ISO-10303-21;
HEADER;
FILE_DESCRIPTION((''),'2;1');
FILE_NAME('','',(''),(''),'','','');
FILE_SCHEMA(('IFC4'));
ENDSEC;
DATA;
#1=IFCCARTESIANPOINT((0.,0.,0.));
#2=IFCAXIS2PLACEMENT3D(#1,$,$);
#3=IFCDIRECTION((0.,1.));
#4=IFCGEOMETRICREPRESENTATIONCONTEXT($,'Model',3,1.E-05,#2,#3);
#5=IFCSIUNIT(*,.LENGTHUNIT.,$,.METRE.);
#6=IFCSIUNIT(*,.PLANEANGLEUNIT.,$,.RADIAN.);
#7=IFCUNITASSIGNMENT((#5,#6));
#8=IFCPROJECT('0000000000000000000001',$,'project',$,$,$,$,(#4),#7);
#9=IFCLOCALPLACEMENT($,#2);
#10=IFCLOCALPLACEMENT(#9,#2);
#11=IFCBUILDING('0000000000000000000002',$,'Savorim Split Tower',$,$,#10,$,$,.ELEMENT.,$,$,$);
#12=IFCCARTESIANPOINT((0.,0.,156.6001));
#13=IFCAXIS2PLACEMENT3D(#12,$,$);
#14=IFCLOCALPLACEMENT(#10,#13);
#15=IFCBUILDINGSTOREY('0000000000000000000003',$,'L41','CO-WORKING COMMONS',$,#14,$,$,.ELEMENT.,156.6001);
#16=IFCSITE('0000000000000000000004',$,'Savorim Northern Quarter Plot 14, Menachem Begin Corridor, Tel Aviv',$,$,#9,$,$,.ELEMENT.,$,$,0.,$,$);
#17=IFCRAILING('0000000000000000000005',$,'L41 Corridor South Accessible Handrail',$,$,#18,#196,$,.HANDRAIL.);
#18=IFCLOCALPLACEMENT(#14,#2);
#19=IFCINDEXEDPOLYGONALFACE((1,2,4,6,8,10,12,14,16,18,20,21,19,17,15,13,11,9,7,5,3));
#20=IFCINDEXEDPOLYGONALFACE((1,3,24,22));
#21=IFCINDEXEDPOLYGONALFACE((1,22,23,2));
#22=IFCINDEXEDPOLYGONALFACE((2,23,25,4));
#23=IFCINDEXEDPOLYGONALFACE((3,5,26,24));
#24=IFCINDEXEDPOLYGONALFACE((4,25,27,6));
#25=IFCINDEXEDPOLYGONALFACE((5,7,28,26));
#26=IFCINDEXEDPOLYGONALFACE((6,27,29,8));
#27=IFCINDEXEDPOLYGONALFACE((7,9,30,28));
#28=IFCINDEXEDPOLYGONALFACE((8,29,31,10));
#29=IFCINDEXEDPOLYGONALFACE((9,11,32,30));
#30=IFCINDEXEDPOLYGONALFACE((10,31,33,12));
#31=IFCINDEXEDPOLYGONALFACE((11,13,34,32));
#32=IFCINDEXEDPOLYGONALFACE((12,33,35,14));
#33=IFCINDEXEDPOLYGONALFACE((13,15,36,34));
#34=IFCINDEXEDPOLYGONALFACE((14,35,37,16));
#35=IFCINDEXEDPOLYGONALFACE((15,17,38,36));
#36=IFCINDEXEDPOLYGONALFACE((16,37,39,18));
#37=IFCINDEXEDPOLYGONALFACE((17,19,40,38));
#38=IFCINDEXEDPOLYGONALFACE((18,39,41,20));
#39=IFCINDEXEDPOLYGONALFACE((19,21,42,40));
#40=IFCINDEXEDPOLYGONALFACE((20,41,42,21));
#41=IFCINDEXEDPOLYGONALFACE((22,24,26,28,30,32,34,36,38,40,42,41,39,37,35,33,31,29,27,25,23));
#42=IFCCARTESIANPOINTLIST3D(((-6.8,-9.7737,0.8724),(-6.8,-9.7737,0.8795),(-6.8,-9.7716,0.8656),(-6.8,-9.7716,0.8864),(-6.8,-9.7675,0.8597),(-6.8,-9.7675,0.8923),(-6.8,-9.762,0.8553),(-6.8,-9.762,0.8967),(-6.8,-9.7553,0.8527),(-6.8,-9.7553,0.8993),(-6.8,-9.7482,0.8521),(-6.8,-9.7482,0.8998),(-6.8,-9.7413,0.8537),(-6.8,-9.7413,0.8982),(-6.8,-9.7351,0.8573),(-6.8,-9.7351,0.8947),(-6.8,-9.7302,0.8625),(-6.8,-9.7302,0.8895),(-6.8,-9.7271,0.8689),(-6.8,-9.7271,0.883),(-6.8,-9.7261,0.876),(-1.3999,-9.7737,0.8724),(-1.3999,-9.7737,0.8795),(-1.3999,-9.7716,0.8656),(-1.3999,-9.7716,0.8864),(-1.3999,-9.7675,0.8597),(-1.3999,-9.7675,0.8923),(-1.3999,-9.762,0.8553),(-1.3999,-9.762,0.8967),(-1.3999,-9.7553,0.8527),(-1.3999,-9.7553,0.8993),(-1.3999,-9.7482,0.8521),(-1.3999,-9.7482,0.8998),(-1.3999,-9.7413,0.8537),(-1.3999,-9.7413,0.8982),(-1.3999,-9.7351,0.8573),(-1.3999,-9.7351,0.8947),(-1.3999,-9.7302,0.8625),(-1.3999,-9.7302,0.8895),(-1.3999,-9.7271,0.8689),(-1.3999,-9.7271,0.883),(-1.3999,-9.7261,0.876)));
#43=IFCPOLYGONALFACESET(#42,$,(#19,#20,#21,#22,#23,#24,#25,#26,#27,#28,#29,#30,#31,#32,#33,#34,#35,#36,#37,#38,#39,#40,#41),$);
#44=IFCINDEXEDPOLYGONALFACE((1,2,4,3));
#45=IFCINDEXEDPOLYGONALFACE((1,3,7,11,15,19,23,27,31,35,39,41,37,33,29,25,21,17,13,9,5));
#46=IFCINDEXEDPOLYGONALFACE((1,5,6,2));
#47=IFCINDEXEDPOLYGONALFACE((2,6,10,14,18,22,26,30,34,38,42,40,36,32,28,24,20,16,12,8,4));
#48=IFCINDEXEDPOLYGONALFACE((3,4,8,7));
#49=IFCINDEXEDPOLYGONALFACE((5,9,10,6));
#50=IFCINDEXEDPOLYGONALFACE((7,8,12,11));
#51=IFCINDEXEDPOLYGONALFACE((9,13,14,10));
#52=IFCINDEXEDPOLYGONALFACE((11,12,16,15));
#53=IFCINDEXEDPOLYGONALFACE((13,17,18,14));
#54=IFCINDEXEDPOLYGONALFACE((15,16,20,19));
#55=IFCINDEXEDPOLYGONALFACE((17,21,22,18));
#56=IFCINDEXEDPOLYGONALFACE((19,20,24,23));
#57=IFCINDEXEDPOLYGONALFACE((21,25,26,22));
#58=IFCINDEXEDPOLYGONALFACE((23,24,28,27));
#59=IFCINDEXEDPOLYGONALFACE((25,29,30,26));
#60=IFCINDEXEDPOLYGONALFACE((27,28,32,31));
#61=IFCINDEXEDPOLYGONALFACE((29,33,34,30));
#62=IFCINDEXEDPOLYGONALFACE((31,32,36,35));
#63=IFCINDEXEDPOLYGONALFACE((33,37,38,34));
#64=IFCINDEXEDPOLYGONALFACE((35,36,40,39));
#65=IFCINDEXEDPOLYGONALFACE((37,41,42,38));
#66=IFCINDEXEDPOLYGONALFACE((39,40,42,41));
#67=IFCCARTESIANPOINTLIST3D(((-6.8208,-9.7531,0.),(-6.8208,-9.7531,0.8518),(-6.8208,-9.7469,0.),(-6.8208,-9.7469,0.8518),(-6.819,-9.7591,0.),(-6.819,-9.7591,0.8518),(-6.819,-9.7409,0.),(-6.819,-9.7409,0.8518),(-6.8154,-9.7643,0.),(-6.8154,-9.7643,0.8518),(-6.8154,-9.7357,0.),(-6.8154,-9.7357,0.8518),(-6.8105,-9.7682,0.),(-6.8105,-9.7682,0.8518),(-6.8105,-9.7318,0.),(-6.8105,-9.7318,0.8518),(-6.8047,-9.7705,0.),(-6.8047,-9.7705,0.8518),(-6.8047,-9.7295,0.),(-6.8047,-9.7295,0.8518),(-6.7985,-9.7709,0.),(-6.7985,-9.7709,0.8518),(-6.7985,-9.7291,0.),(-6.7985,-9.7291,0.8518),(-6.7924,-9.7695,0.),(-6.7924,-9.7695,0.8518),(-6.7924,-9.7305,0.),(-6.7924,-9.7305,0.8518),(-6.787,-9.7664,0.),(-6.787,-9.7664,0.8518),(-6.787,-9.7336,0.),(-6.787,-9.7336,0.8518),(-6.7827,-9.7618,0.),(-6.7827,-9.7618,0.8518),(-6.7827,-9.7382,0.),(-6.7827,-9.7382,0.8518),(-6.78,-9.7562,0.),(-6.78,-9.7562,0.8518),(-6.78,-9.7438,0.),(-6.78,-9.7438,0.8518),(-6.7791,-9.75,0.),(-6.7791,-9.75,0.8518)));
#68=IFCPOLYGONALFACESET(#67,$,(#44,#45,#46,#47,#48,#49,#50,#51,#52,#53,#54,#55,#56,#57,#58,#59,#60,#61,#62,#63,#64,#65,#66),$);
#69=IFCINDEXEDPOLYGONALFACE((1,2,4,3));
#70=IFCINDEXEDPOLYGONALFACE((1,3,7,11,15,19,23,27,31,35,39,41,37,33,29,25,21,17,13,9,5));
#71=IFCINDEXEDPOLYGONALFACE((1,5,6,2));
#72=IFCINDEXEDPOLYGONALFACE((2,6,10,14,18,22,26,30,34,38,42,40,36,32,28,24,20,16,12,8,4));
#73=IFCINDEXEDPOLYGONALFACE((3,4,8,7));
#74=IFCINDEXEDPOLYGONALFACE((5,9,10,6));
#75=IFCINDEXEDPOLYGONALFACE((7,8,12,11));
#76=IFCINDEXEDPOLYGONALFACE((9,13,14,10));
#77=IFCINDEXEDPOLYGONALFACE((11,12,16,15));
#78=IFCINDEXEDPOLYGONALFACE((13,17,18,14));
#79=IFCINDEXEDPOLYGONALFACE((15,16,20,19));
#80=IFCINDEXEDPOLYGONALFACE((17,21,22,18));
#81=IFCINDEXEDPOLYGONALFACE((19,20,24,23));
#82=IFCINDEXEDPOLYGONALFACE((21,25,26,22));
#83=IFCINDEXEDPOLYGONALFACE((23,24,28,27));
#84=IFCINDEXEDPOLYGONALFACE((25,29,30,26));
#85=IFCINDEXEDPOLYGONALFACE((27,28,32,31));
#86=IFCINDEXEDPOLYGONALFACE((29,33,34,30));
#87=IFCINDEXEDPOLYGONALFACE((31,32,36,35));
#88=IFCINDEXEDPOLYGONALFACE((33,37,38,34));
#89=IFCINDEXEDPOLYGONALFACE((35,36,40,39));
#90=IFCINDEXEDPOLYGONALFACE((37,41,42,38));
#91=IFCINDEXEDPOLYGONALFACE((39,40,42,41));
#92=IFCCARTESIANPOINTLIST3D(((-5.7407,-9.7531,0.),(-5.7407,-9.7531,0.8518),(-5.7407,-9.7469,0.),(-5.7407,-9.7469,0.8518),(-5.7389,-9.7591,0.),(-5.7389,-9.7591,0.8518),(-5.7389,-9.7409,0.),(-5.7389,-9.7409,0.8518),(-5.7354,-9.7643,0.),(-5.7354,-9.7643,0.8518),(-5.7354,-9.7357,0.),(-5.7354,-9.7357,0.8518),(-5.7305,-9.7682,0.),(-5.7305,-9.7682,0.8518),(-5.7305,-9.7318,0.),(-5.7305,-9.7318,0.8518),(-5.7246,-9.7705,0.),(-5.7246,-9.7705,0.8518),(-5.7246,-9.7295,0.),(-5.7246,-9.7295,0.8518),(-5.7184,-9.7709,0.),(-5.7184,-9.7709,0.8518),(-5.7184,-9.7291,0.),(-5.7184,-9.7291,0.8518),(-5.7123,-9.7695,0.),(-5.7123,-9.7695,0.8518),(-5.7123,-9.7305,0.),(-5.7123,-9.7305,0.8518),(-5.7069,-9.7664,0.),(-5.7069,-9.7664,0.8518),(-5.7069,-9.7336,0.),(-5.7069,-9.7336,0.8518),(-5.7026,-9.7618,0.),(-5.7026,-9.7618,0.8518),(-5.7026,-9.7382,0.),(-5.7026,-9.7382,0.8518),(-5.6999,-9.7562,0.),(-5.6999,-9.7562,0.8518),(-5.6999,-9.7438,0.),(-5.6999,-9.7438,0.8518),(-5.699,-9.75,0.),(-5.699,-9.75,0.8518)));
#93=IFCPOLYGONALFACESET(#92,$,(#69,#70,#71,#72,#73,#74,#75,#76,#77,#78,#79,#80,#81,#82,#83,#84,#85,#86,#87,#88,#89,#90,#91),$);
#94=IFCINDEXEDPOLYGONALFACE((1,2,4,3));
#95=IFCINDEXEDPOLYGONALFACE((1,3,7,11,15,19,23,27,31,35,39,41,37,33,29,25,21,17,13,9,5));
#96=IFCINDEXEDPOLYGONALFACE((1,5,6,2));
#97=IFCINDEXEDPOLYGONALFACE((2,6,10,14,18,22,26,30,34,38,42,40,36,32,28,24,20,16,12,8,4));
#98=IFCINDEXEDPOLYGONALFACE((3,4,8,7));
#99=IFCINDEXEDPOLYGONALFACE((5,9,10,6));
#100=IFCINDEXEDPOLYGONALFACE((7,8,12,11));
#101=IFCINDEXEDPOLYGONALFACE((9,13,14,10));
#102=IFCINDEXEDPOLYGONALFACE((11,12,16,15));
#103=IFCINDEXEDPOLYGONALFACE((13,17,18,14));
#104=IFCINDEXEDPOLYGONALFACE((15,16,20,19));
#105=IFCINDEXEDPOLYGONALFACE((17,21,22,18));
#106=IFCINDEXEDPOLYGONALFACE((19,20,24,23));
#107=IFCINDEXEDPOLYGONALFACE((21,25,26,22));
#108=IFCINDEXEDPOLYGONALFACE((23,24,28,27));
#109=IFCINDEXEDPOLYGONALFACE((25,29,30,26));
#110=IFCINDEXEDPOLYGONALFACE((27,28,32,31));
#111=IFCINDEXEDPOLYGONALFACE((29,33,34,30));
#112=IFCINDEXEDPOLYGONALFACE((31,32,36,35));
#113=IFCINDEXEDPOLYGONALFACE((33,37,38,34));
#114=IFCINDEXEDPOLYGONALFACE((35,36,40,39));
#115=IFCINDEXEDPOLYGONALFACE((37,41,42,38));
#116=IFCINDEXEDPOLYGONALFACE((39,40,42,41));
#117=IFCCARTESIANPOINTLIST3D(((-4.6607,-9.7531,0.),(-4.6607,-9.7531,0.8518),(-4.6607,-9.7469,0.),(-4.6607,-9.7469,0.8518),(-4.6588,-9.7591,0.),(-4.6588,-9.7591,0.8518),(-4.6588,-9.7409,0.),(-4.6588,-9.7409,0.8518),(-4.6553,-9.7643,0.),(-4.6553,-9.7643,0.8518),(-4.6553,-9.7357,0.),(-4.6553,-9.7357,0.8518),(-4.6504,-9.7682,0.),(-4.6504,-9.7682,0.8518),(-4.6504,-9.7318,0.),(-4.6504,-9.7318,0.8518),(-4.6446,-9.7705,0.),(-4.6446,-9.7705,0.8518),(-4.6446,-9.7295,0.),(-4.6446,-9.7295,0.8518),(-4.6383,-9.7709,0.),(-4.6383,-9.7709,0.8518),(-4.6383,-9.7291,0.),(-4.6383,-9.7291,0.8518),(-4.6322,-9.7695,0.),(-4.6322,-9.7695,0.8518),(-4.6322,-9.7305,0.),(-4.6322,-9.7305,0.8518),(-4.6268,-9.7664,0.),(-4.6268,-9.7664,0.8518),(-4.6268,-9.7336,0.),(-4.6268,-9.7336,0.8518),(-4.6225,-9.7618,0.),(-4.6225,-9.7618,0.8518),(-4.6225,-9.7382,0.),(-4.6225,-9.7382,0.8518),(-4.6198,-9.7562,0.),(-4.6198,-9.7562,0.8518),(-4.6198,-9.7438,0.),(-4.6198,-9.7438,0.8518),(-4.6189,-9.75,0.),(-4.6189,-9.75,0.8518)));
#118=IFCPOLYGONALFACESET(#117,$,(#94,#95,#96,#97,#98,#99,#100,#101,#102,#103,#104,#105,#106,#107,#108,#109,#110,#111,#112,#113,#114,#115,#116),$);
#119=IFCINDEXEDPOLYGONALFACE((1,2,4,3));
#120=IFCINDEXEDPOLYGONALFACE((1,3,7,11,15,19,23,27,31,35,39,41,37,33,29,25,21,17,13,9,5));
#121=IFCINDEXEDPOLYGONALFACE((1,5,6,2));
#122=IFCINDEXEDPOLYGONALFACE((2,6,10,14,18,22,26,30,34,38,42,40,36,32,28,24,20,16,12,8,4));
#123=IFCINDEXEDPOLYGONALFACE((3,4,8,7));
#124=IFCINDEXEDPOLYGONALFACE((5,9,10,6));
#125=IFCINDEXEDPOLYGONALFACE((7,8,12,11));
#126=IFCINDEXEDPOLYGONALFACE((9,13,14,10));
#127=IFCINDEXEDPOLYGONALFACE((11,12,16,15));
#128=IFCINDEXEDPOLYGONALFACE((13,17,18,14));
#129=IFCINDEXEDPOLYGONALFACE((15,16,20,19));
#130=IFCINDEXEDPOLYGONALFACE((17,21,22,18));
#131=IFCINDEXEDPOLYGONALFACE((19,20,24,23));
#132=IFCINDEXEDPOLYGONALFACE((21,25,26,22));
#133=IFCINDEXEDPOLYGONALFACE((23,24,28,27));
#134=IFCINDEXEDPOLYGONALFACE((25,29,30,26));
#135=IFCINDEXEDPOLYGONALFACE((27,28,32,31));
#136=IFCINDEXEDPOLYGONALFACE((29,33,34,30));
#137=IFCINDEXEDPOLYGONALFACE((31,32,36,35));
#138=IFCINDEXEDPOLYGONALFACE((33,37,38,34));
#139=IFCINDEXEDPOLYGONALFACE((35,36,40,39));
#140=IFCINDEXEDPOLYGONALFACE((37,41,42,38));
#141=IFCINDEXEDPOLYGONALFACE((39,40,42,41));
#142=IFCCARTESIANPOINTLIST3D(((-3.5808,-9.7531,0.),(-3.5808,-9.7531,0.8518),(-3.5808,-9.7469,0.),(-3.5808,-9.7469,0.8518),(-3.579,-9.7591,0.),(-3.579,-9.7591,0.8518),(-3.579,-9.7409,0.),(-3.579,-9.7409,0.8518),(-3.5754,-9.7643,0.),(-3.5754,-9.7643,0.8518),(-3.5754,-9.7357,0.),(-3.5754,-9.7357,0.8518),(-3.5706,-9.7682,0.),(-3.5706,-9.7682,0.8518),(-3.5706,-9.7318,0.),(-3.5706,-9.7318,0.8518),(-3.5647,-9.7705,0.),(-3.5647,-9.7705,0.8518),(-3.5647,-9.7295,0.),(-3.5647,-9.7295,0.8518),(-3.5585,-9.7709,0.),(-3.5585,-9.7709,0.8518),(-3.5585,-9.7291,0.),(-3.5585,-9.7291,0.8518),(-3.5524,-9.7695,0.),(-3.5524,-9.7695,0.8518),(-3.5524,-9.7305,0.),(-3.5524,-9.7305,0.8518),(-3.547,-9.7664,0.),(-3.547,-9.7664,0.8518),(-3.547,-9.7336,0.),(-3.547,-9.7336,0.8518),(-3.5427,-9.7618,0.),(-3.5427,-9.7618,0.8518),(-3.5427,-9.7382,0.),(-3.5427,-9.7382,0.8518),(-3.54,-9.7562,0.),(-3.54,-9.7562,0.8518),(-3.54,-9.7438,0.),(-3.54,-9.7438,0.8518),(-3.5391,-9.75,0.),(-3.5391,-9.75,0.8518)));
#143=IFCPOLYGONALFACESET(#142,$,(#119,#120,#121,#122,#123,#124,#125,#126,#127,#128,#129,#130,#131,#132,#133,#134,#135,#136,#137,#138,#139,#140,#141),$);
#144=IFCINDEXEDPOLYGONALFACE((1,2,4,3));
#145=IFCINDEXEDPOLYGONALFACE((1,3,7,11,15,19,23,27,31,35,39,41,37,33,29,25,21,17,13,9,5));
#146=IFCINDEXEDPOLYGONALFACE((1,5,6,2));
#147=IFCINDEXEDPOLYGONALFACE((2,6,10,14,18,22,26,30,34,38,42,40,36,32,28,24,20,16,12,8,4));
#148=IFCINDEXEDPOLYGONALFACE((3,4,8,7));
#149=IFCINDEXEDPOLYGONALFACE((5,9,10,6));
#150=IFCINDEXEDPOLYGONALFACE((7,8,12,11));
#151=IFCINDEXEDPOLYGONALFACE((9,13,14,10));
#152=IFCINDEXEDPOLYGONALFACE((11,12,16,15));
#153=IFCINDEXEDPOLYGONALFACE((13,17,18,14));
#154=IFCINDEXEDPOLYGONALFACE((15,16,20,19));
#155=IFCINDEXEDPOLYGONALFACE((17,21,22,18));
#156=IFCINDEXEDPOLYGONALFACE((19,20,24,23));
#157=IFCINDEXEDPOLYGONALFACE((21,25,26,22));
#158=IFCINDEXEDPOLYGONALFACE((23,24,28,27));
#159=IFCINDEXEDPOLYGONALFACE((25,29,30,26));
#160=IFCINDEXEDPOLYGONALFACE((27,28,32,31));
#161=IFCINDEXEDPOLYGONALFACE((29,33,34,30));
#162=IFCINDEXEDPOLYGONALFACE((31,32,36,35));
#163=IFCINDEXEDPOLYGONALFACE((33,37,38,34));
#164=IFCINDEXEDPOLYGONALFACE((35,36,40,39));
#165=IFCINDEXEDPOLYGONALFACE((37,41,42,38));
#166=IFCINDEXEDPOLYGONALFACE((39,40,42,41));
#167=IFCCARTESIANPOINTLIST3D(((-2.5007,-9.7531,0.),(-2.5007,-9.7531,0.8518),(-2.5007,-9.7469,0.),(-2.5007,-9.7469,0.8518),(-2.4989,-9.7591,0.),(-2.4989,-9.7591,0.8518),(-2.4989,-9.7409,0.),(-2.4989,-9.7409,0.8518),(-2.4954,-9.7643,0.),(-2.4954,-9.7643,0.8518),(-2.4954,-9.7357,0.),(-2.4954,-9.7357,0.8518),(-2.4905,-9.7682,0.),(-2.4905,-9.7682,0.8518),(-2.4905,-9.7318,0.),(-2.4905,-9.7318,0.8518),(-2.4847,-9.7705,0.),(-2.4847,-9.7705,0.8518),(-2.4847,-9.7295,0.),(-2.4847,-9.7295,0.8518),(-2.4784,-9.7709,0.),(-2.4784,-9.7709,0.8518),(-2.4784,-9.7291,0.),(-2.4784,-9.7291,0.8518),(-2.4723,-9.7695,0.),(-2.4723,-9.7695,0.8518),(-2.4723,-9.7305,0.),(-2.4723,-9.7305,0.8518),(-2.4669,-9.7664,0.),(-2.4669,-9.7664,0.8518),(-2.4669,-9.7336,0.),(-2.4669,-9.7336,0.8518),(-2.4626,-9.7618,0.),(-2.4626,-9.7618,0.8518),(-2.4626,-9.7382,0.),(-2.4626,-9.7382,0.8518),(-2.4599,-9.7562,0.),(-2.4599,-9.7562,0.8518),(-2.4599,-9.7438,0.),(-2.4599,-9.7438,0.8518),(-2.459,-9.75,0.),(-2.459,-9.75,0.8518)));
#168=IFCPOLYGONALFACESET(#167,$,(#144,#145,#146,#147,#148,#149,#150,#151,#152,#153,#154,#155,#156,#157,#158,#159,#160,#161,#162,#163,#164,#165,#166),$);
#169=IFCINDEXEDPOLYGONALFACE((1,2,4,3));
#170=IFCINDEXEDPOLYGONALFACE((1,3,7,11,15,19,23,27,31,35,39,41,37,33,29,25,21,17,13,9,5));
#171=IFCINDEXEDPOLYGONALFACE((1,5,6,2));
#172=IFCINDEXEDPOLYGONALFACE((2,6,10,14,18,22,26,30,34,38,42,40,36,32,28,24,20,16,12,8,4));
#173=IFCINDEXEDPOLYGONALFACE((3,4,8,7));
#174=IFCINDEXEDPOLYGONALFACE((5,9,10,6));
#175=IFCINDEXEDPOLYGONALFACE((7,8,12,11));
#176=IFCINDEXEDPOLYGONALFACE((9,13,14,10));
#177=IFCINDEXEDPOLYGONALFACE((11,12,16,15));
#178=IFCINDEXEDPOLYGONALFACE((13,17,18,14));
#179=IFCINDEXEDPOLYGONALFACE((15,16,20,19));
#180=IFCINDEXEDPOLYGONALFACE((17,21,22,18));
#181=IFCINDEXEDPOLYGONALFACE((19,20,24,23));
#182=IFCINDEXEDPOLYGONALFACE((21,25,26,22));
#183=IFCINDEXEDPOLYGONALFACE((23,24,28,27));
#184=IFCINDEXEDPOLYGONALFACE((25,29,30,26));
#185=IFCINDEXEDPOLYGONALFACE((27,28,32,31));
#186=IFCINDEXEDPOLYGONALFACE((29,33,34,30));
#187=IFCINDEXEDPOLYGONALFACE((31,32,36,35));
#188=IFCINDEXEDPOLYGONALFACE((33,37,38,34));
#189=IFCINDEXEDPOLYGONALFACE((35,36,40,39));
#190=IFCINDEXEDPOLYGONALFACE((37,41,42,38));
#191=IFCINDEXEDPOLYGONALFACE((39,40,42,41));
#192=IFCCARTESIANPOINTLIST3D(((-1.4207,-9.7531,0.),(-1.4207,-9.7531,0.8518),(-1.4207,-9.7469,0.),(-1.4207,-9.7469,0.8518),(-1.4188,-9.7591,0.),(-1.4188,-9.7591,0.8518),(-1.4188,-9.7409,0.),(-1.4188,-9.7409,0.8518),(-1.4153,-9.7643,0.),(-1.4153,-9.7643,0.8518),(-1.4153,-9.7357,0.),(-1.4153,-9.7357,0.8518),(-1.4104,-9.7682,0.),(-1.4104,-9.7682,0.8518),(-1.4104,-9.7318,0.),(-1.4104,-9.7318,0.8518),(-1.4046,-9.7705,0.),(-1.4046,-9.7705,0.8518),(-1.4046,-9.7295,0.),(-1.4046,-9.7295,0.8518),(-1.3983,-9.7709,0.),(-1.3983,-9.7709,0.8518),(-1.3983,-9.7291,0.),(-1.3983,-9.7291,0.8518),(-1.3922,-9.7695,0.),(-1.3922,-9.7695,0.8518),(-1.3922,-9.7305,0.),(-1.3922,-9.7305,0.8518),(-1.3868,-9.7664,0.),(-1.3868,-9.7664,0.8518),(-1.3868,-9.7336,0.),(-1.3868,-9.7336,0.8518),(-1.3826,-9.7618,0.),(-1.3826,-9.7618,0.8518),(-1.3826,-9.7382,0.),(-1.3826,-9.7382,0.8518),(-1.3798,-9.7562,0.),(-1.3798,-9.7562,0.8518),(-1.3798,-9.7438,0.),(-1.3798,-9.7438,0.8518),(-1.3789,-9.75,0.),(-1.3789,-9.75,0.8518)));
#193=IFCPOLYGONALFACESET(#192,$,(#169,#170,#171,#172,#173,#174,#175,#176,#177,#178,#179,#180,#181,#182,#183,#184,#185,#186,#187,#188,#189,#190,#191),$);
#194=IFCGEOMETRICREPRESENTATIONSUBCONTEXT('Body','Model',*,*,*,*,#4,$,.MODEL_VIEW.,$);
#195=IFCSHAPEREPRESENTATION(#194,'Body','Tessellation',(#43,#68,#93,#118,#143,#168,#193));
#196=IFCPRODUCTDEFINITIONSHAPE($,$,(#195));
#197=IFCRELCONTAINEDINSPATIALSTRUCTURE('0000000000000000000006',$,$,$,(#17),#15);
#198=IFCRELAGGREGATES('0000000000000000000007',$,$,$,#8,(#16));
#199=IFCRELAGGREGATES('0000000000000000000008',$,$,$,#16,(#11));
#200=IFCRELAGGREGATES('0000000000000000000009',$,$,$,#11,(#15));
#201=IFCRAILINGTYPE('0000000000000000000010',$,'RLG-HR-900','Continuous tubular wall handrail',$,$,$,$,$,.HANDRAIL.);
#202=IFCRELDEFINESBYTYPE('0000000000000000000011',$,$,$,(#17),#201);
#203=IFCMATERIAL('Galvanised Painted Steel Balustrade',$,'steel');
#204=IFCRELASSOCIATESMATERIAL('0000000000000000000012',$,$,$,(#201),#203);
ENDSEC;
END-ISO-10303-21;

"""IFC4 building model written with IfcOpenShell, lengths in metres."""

from ifc_helpers import new_model, si_unit, direction, frame, origin, origin_2d, place, context, subcontext, project, spatial, circle, extrude, material, type_object, element, save


model = new_model("IFC4")

# Units and contexts
model_context = context("Model", 3, precision=1e-05, world=origin(), true_north=direction((0.0, 1.0)))
body_context = subcontext(model_context, "Body", "Model", "MODEL_VIEW")
ifc_project = project(units=[si_unit("LENGTHUNIT", "METRE"), si_unit("PLANEANGLEUNIT", "RADIAN")], contexts=[model_context])

# Site, building, storey
site_placement = place(None, origin())
site = spatial("IfcSite", under=ifc_project, at=site_placement, Name="Savorim Northern Quarter Plot 14, Menachem Begin Corridor, Tel Aviv", CompositionType="ELEMENT", RefElevation=0.0)
building_placement = place(site_placement, origin())
building = spatial("IfcBuilding", under=site, at=building_placement, Name="Savorim Split Tower", CompositionType="ELEMENT")
storey_placement = place(building_placement, frame((0.0, 0.0, 156.6001)))
storey = spatial("IfcBuildingStorey", under=building, at=storey_placement, Name="L41", Description="CO-WORKING COMMONS", CompositionType="ELEMENT", Elevation=156.6001)

# Railing
ifc_material_1 = material(Name="Galvanised Painted Steel Balustrade", Category="steel")
railing_type = type_object("IfcRailingType", Name="RLG-HR-900", Description="Continuous tubular wall handrail", PredefinedType="HANDRAIL", material=ifc_material_1)
railing_1_placement = place(storey_placement, frame((-6.8, -9.75, 0.0)))
element("IfcRailing", 1, at=railing_1_placement, inside=storey, type_object=railing_type, Name="L41 Corridor South Accessible Handrail", PredefinedType="HANDRAIL", context=body_context, shape_type="SweptSolid", body=[
    extrude(circle(Radius=0.0239, at=origin_2d()), frame((0.0, 0.0, 0.876), z_axis=(1.0, 0.0, 0.0), x_axis=(0.0, 1.0, 0.0)), (0.0, 0.0, 1.0), 5.4001),
    extrude(circle(Radius=0.021, at=origin_2d()), origin(), (0.0, 0.0, 1.0), 0.8518),
    extrude(circle(Radius=0.021, at=origin_2d()), frame((1.0801, 0.0, 0.0)), (0.0, 0.0, 1.0), 0.8518),
    extrude(circle(Radius=0.021, at=origin_2d()), frame((2.1602, 0.0, 0.0)), (0.0, 0.0, 1.0), 0.8518),
    extrude(circle(Radius=0.021, at=origin_2d()), frame((3.24, 0.0, 0.0)), (0.0, 0.0, 1.0), 0.8518),
    extrude(circle(Radius=0.021, at=origin_2d()), frame((4.3201, 0.0, 0.0)), (0.0, 0.0, 1.0), 0.8518),
    extrude(circle(Radius=0.021, at=origin_2d()), frame((5.4001, 0.0, 0.0)), (0.0, 0.0, 1.0), 0.8518),
])

save(model, "model.ifc")
